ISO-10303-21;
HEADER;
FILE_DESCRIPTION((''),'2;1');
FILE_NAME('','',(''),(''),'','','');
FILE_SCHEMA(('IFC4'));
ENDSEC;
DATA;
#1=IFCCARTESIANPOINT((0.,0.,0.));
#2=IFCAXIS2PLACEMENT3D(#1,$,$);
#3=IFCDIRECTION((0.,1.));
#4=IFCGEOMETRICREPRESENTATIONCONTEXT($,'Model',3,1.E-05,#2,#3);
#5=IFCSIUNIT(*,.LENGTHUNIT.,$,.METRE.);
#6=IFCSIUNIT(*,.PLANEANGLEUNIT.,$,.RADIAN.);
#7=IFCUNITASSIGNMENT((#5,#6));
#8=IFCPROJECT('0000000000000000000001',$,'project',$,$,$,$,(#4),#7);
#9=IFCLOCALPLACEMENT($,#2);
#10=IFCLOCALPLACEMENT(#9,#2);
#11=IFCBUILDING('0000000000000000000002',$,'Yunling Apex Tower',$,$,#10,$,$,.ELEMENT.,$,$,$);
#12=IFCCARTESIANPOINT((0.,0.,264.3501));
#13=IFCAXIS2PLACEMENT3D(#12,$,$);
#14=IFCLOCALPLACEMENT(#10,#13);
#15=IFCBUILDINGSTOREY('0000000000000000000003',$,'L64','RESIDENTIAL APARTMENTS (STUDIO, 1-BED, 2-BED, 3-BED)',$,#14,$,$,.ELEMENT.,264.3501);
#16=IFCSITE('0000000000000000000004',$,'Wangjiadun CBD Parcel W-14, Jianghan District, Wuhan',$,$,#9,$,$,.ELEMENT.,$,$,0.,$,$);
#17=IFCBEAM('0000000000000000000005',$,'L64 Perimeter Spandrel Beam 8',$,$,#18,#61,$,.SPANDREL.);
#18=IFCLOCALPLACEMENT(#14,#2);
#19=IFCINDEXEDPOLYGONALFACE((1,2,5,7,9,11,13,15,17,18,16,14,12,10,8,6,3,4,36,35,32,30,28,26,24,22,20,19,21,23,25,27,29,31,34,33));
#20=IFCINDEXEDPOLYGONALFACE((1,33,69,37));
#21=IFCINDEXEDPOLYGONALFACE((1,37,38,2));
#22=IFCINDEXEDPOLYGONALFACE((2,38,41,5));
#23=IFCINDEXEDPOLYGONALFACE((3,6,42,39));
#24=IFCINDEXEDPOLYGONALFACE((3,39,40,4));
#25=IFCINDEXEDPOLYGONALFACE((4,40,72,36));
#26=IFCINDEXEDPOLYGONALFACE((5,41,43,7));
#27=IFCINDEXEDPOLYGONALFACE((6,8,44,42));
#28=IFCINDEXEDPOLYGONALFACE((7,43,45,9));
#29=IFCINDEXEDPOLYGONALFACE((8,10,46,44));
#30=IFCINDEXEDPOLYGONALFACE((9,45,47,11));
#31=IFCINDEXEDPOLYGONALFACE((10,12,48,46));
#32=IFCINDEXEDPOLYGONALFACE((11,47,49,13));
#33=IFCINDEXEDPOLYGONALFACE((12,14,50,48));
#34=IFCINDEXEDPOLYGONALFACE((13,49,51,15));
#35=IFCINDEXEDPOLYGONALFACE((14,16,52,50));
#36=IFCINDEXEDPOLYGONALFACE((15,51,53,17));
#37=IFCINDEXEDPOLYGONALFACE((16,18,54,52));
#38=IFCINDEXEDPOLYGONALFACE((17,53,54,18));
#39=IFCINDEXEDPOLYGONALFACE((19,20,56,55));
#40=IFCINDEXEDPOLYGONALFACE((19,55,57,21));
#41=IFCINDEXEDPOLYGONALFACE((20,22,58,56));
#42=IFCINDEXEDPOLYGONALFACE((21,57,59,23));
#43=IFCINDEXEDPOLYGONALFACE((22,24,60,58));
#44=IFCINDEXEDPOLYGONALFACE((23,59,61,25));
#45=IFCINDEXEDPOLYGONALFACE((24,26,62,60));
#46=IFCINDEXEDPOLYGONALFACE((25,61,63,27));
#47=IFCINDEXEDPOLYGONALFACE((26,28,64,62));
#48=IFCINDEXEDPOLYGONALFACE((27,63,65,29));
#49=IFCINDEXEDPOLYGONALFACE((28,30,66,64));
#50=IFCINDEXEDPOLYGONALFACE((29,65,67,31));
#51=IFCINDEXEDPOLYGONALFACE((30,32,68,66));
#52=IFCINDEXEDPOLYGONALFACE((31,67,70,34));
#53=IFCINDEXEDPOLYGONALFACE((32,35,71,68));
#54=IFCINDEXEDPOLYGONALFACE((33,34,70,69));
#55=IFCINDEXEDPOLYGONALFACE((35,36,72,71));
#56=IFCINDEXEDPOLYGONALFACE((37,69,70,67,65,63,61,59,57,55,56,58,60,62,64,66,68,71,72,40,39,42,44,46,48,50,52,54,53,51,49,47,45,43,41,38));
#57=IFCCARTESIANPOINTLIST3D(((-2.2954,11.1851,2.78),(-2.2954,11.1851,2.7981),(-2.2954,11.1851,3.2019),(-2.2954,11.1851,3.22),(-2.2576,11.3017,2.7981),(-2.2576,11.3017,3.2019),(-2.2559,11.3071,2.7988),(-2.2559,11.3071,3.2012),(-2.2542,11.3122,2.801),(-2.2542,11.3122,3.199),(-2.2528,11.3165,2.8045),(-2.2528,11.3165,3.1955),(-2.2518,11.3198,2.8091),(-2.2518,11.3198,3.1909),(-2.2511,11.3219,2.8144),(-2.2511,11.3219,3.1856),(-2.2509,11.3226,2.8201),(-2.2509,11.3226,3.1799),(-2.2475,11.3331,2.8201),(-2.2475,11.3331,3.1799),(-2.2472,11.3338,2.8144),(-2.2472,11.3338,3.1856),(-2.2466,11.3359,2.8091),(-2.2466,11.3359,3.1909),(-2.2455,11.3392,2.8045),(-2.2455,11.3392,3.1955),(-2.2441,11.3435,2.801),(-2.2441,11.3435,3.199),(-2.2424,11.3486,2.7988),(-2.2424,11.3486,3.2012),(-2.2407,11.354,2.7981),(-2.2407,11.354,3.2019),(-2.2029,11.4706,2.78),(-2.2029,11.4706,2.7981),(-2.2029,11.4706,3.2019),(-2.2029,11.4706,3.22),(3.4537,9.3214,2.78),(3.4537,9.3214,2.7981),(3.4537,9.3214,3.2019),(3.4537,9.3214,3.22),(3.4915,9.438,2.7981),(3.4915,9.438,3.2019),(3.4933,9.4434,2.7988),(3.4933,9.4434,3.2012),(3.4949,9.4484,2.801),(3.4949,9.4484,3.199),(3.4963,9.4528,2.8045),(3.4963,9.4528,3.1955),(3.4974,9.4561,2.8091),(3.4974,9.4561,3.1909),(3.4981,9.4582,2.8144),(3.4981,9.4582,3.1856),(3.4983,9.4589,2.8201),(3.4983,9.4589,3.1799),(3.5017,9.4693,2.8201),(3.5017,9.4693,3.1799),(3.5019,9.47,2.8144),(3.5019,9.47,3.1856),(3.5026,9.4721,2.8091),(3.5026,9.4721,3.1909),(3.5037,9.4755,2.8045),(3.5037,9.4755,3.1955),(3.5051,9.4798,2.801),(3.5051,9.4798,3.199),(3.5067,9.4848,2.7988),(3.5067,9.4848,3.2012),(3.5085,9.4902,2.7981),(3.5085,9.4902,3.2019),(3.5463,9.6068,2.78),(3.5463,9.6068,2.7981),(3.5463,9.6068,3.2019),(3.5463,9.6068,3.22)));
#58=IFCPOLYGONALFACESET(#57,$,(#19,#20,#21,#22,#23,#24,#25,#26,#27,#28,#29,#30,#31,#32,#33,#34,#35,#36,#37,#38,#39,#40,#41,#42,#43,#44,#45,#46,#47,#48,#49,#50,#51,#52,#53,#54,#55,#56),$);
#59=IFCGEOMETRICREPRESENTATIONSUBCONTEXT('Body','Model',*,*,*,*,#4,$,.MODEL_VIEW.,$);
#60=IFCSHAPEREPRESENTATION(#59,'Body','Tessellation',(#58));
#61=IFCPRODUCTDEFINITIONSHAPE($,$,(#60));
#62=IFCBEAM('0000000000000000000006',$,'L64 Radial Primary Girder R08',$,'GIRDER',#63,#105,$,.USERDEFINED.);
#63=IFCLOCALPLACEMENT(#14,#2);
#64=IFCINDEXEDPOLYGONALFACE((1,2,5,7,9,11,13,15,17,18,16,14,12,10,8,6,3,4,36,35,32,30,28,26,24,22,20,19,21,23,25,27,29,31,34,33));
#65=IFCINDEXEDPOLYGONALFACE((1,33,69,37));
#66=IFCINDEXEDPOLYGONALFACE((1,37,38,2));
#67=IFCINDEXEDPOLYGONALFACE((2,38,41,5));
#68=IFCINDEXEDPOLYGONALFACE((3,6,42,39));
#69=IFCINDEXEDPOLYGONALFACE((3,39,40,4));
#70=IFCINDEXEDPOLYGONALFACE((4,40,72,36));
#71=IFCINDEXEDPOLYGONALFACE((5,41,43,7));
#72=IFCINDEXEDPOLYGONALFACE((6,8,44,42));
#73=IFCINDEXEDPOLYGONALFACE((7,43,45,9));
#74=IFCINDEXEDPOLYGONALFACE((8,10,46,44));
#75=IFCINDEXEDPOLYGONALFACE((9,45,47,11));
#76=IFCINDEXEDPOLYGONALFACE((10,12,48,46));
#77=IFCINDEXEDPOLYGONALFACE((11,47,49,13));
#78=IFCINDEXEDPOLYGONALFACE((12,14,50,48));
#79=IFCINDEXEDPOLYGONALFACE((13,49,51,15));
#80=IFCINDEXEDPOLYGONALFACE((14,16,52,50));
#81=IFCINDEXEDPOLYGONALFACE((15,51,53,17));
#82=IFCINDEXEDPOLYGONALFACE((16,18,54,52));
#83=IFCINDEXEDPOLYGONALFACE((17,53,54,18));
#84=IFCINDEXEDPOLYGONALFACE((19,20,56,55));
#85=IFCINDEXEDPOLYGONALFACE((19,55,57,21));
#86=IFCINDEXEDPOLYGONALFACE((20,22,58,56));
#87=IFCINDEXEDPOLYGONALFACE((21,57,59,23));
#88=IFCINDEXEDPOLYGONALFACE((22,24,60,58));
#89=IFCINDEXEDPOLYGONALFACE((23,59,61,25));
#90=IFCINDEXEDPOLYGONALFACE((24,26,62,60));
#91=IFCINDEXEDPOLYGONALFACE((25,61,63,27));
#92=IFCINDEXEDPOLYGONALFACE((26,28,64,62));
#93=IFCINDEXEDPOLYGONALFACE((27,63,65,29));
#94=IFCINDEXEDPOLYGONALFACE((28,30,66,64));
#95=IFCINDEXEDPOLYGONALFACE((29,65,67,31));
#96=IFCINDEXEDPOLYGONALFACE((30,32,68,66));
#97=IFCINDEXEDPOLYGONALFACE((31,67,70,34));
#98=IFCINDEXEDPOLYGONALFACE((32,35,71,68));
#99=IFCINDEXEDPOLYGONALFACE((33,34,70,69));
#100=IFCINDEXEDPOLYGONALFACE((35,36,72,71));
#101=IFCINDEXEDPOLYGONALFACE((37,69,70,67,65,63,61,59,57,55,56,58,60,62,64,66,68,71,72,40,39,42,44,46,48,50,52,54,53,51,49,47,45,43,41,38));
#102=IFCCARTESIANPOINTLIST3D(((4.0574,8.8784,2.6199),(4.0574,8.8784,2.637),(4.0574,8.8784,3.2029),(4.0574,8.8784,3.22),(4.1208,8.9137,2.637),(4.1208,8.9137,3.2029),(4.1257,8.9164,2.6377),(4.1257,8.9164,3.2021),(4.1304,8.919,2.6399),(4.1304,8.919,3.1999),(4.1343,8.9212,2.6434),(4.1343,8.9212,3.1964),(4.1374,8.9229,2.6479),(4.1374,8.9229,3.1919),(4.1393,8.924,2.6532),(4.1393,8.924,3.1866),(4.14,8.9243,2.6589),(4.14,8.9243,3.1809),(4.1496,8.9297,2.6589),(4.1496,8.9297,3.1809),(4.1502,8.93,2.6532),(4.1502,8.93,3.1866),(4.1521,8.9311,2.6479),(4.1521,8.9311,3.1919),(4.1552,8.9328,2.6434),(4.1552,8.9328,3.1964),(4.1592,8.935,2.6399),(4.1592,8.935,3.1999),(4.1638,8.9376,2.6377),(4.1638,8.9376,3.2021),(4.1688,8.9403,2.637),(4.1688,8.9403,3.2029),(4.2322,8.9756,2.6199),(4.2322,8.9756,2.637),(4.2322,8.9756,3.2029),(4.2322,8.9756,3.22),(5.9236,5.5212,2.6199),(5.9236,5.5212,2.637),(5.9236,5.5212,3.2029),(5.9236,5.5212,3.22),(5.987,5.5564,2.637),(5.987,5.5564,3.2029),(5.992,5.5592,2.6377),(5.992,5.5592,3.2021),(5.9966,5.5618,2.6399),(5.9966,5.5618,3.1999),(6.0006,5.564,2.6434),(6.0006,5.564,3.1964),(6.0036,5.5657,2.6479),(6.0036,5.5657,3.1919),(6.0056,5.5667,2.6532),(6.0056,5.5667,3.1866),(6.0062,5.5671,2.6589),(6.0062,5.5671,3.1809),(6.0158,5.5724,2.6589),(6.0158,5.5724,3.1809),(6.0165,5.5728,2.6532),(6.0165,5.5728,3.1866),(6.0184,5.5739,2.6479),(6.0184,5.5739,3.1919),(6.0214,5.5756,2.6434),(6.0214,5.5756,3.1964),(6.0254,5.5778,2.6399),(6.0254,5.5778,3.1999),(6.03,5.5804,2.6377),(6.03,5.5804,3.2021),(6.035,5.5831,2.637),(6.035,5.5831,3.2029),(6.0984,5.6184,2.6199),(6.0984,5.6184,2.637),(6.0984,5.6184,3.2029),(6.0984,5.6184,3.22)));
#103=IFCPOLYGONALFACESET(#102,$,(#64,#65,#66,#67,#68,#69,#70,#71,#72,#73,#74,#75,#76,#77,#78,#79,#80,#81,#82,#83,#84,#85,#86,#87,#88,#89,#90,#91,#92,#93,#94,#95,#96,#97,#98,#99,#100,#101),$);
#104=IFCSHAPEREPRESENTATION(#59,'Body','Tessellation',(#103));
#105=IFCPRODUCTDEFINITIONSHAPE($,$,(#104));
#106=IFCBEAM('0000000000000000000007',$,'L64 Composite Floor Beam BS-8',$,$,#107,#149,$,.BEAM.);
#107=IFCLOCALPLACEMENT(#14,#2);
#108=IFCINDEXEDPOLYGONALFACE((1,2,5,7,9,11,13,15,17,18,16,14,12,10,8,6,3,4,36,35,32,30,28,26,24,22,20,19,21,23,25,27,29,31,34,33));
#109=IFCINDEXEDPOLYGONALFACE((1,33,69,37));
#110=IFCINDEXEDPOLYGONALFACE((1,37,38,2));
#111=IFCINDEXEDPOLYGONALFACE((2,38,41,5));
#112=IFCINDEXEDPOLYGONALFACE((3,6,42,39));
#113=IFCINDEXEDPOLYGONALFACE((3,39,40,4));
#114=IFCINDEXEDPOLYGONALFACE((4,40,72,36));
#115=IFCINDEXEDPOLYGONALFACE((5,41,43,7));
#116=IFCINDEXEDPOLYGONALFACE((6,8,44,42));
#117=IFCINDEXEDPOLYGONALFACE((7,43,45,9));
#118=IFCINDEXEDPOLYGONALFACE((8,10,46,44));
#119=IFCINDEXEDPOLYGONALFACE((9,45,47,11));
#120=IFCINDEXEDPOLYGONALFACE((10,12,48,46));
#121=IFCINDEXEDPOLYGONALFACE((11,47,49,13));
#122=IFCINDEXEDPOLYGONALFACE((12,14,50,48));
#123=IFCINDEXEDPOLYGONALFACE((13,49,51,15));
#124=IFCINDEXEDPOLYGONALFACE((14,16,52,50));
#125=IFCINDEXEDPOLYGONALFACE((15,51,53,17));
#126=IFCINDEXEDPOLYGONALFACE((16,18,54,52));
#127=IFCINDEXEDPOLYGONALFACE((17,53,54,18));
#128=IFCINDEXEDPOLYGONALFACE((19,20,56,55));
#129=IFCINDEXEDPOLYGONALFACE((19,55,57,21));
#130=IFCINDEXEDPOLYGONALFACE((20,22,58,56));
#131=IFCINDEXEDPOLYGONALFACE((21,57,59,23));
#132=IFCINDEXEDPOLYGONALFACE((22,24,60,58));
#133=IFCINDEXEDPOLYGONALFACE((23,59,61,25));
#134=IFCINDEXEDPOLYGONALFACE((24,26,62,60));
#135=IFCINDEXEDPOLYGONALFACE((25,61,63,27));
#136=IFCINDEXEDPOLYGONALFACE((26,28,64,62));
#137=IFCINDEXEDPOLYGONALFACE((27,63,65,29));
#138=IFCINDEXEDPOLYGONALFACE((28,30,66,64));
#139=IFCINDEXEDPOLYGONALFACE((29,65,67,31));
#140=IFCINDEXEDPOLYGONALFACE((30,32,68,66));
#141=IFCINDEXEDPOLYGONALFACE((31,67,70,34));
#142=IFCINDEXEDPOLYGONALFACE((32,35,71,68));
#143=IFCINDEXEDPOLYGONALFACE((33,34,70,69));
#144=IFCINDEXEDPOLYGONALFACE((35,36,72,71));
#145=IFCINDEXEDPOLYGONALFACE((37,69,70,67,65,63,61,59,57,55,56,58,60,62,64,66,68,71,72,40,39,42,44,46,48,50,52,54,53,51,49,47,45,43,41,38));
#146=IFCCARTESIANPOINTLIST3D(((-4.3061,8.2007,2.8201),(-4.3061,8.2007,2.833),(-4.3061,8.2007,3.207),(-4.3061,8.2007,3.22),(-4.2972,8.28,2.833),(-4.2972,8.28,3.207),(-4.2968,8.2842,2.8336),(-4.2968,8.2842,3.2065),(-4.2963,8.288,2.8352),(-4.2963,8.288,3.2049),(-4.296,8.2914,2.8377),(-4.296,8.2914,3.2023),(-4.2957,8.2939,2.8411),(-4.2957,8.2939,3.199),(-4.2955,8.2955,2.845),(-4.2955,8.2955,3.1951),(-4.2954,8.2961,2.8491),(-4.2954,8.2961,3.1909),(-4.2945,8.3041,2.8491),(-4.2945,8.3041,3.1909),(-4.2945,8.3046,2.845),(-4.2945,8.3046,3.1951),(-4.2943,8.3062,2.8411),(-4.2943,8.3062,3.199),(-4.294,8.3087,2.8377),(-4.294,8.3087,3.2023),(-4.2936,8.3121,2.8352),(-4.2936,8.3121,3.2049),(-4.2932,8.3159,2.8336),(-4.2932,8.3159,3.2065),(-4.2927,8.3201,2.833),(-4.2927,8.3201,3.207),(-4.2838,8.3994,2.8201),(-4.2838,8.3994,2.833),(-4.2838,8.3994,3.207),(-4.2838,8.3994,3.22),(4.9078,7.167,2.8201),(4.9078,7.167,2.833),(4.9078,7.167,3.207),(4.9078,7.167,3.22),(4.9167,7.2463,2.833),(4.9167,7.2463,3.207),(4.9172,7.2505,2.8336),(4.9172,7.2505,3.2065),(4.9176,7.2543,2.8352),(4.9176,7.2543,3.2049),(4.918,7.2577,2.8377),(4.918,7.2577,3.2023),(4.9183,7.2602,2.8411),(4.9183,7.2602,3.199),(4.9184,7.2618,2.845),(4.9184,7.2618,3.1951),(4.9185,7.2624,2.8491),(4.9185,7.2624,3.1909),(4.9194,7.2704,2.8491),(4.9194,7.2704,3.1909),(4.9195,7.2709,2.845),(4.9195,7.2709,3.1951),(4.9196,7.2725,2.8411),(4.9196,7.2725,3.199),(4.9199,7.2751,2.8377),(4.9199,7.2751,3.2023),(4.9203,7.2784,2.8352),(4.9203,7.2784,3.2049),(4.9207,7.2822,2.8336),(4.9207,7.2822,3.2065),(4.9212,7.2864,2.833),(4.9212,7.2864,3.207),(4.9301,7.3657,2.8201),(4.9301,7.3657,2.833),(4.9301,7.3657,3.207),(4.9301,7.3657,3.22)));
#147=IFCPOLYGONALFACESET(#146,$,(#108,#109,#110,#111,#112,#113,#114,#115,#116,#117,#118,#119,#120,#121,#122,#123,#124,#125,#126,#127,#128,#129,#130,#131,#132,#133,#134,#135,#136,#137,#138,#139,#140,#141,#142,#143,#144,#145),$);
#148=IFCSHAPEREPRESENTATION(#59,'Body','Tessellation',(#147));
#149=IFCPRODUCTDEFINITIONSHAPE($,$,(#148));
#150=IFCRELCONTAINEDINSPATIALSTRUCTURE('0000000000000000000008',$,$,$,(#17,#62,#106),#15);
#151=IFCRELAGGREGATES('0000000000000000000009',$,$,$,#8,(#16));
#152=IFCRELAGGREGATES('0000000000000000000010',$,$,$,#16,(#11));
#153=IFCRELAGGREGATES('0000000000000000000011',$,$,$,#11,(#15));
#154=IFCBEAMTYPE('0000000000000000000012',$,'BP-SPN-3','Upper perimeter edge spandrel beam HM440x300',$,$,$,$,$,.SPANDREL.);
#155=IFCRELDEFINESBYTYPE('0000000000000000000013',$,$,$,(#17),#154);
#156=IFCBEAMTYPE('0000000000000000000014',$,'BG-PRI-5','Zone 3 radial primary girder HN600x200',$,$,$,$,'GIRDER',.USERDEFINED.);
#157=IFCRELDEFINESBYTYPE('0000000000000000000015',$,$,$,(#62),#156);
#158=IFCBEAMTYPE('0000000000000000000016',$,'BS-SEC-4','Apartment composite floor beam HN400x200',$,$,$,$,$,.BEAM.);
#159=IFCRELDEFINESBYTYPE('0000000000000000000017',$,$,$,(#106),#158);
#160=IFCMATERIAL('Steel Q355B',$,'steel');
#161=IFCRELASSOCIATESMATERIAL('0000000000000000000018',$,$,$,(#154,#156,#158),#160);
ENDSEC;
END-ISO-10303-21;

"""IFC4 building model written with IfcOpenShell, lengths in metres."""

from ifc_helpers import new_model, si_unit, direction, frame, origin, origin_2d, place, context, subcontext, project, spatial, i_section, extrude, source, transform, mapped, material, material_profile, profile_set, type_object, element, save


model = new_model("IFC4")

# Units and contexts
model_context = context("Model", 3, precision=1e-05, world=origin(), true_north=direction((0.0, 1.0)))
body_context = subcontext(model_context, "Body", "Model", "MODEL_VIEW")
ifc_project = project(units=[si_unit("LENGTHUNIT", "METRE"), si_unit("PLANEANGLEUNIT", "RADIAN")], contexts=[model_context])

# Site, building, storey
site_placement = place(None, origin())
site = spatial("IfcSite", under=ifc_project, at=site_placement, Name="Wangjiadun CBD Parcel W-14, Jianghan District, Wuhan", CompositionType="ELEMENT", RefElevation=0.0)
building_placement = place(site_placement, origin())
building = spatial("IfcBuilding", under=site, at=building_placement, Name="Yunling Apex Tower", CompositionType="ELEMENT")
storey_placement = place(building_placement, frame((0.0, 0.0, 264.3501)))
storey = spatial("IfcBuildingStorey", under=building, at=storey_placement, Name="L64", Description="RESIDENTIAL APARTMENTS (STUDIO, 1-BED, 2-BED, 3-BED)", CompositionType="ELEMENT", Elevation=264.3501)

# Shared definitions
ifc_material_1 = material(Name="Steel Q355B", Category="steel")

# Beams
ifc_material_profile_1 = material_profile(ifc_material_1, i_section(OverallWidth=0.3, OverallDepth=0.4399, WebThickness=0.011, FlangeThickness=0.0181, FilletRadius=0.022, at=origin_2d()))
ifc_profile_set_1 = profile_set([ifc_material_profile_1], Name="Steel Q355B")
beam_type_1 = type_object("IfcBeamType", Name="BP-SPN-3", Description="Upper perimeter edge spandrel beam HM440x300", PredefinedType="SPANDREL", material=ifc_profile_set_1)
shared_shape_1 = source(origin(), body_context, "Body", "SweptSolid", [
    extrude(i_section(OverallWidth=0.3, OverallDepth=0.4399, WebThickness=0.011, FlangeThickness=0.0181, FilletRadius=0.022, at=origin_2d()), origin(), (0.0, 0.0, 1.0), 6.0437),
])
beam_1_placement = place(storey_placement, frame((3.5, 9.4641, 3.0), z_axis=(-0.951264, 0.308376, 0.0), x_axis=(-0.308376, -0.951264, 0.0)))
element("IfcBeam", 1, at=beam_1_placement, inside=storey, type_object=beam_type_1, Name="L64 Perimeter Spandrel Beam 8", PredefinedType="SPANDREL", context=body_context, shape_type="MappedRepresentation", body=[
    mapped(shared_shape_1, transform((0.0, 0.0, 0.0), scale=1.0)),
])
ifc_material_profile_2 = material_profile(ifc_material_1, i_section(OverallWidth=0.2, OverallDepth=0.6001, WebThickness=0.011, FlangeThickness=0.0171, FilletRadius=0.022, at=origin_2d()))
ifc_profile_set_2 = profile_set([ifc_material_profile_2], Name="Steel Q355B")
beam_type_2 = type_object("IfcBeamType", Name="BG-PRI-5", Description="Zone 3 radial primary girder HN600x200", ElementType="GIRDER", PredefinedType="USERDEFINED", material=ifc_profile_set_2)
shared_shape_2 = source(origin(), body_context, "Body", "SweptSolid", [
    extrude(i_section(OverallWidth=0.2, OverallDepth=0.6001, WebThickness=0.011, FlangeThickness=0.0171, FilletRadius=0.022, at=origin_2d()), origin(), (0.0, 0.0, 1.0), 3.8411),
])
beam_2_placement = place(storey_placement, frame((4.1448, 8.927, 2.9199), z_axis=(0.485864, -0.874034, 0.0), x_axis=(0.874034, 0.485864, 0.0)))
element("IfcBeam", 2, at=beam_2_placement, inside=storey, type_object=beam_type_2, Name="L64 Radial Primary Girder R08", ObjectType="GIRDER", PredefinedType="USERDEFINED", context=body_context, shape_type="MappedRepresentation", body=[
    mapped(shared_shape_2, transform((0.0, 0.0, 0.0), scale=1.0)),
])
ifc_material_profile_3 = material_profile(ifc_material_1, i_section(OverallWidth=0.2, OverallDepth=0.3999, WebThickness=0.0081, FlangeThickness=0.0129, FilletRadius=0.0161, at=origin_2d()))
ifc_profile_set_3 = profile_set([ifc_material_profile_3], Name="Steel Q355B")
beam_type_3 = type_object("IfcBeamType", Name="BS-SEC-4", Description="Apartment composite floor beam HN400x200", PredefinedType="BEAM", material=ifc_profile_set_3)
shared_shape_3 = source(origin(), body_context, "Body", "SweptSolid", [
    extrude(i_section(OverallWidth=0.2, OverallDepth=0.3999, WebThickness=0.0081, FlangeThickness=0.0129, FilletRadius=0.0161, at=origin_2d()), origin(), (0.0, 0.0, 1.0), 9.2717),
])
beam_3_placement = place(storey_placement, frame((4.9189, 7.2664, 3.02), z_axis=(-0.993766, 0.111489, 0.0), x_axis=(-0.111489, -0.993766, 0.0)))
element("IfcBeam", 3, at=beam_3_placement, inside=storey, type_object=beam_type_3, Name="L64 Composite Floor Beam BS-8", PredefinedType="BEAM", context=body_context, shape_type="MappedRepresentation", body=[
    mapped(shared_shape_3, transform((0.0, 0.0, 0.0), scale=1.0)),
])

save(model, "model.ifc")
